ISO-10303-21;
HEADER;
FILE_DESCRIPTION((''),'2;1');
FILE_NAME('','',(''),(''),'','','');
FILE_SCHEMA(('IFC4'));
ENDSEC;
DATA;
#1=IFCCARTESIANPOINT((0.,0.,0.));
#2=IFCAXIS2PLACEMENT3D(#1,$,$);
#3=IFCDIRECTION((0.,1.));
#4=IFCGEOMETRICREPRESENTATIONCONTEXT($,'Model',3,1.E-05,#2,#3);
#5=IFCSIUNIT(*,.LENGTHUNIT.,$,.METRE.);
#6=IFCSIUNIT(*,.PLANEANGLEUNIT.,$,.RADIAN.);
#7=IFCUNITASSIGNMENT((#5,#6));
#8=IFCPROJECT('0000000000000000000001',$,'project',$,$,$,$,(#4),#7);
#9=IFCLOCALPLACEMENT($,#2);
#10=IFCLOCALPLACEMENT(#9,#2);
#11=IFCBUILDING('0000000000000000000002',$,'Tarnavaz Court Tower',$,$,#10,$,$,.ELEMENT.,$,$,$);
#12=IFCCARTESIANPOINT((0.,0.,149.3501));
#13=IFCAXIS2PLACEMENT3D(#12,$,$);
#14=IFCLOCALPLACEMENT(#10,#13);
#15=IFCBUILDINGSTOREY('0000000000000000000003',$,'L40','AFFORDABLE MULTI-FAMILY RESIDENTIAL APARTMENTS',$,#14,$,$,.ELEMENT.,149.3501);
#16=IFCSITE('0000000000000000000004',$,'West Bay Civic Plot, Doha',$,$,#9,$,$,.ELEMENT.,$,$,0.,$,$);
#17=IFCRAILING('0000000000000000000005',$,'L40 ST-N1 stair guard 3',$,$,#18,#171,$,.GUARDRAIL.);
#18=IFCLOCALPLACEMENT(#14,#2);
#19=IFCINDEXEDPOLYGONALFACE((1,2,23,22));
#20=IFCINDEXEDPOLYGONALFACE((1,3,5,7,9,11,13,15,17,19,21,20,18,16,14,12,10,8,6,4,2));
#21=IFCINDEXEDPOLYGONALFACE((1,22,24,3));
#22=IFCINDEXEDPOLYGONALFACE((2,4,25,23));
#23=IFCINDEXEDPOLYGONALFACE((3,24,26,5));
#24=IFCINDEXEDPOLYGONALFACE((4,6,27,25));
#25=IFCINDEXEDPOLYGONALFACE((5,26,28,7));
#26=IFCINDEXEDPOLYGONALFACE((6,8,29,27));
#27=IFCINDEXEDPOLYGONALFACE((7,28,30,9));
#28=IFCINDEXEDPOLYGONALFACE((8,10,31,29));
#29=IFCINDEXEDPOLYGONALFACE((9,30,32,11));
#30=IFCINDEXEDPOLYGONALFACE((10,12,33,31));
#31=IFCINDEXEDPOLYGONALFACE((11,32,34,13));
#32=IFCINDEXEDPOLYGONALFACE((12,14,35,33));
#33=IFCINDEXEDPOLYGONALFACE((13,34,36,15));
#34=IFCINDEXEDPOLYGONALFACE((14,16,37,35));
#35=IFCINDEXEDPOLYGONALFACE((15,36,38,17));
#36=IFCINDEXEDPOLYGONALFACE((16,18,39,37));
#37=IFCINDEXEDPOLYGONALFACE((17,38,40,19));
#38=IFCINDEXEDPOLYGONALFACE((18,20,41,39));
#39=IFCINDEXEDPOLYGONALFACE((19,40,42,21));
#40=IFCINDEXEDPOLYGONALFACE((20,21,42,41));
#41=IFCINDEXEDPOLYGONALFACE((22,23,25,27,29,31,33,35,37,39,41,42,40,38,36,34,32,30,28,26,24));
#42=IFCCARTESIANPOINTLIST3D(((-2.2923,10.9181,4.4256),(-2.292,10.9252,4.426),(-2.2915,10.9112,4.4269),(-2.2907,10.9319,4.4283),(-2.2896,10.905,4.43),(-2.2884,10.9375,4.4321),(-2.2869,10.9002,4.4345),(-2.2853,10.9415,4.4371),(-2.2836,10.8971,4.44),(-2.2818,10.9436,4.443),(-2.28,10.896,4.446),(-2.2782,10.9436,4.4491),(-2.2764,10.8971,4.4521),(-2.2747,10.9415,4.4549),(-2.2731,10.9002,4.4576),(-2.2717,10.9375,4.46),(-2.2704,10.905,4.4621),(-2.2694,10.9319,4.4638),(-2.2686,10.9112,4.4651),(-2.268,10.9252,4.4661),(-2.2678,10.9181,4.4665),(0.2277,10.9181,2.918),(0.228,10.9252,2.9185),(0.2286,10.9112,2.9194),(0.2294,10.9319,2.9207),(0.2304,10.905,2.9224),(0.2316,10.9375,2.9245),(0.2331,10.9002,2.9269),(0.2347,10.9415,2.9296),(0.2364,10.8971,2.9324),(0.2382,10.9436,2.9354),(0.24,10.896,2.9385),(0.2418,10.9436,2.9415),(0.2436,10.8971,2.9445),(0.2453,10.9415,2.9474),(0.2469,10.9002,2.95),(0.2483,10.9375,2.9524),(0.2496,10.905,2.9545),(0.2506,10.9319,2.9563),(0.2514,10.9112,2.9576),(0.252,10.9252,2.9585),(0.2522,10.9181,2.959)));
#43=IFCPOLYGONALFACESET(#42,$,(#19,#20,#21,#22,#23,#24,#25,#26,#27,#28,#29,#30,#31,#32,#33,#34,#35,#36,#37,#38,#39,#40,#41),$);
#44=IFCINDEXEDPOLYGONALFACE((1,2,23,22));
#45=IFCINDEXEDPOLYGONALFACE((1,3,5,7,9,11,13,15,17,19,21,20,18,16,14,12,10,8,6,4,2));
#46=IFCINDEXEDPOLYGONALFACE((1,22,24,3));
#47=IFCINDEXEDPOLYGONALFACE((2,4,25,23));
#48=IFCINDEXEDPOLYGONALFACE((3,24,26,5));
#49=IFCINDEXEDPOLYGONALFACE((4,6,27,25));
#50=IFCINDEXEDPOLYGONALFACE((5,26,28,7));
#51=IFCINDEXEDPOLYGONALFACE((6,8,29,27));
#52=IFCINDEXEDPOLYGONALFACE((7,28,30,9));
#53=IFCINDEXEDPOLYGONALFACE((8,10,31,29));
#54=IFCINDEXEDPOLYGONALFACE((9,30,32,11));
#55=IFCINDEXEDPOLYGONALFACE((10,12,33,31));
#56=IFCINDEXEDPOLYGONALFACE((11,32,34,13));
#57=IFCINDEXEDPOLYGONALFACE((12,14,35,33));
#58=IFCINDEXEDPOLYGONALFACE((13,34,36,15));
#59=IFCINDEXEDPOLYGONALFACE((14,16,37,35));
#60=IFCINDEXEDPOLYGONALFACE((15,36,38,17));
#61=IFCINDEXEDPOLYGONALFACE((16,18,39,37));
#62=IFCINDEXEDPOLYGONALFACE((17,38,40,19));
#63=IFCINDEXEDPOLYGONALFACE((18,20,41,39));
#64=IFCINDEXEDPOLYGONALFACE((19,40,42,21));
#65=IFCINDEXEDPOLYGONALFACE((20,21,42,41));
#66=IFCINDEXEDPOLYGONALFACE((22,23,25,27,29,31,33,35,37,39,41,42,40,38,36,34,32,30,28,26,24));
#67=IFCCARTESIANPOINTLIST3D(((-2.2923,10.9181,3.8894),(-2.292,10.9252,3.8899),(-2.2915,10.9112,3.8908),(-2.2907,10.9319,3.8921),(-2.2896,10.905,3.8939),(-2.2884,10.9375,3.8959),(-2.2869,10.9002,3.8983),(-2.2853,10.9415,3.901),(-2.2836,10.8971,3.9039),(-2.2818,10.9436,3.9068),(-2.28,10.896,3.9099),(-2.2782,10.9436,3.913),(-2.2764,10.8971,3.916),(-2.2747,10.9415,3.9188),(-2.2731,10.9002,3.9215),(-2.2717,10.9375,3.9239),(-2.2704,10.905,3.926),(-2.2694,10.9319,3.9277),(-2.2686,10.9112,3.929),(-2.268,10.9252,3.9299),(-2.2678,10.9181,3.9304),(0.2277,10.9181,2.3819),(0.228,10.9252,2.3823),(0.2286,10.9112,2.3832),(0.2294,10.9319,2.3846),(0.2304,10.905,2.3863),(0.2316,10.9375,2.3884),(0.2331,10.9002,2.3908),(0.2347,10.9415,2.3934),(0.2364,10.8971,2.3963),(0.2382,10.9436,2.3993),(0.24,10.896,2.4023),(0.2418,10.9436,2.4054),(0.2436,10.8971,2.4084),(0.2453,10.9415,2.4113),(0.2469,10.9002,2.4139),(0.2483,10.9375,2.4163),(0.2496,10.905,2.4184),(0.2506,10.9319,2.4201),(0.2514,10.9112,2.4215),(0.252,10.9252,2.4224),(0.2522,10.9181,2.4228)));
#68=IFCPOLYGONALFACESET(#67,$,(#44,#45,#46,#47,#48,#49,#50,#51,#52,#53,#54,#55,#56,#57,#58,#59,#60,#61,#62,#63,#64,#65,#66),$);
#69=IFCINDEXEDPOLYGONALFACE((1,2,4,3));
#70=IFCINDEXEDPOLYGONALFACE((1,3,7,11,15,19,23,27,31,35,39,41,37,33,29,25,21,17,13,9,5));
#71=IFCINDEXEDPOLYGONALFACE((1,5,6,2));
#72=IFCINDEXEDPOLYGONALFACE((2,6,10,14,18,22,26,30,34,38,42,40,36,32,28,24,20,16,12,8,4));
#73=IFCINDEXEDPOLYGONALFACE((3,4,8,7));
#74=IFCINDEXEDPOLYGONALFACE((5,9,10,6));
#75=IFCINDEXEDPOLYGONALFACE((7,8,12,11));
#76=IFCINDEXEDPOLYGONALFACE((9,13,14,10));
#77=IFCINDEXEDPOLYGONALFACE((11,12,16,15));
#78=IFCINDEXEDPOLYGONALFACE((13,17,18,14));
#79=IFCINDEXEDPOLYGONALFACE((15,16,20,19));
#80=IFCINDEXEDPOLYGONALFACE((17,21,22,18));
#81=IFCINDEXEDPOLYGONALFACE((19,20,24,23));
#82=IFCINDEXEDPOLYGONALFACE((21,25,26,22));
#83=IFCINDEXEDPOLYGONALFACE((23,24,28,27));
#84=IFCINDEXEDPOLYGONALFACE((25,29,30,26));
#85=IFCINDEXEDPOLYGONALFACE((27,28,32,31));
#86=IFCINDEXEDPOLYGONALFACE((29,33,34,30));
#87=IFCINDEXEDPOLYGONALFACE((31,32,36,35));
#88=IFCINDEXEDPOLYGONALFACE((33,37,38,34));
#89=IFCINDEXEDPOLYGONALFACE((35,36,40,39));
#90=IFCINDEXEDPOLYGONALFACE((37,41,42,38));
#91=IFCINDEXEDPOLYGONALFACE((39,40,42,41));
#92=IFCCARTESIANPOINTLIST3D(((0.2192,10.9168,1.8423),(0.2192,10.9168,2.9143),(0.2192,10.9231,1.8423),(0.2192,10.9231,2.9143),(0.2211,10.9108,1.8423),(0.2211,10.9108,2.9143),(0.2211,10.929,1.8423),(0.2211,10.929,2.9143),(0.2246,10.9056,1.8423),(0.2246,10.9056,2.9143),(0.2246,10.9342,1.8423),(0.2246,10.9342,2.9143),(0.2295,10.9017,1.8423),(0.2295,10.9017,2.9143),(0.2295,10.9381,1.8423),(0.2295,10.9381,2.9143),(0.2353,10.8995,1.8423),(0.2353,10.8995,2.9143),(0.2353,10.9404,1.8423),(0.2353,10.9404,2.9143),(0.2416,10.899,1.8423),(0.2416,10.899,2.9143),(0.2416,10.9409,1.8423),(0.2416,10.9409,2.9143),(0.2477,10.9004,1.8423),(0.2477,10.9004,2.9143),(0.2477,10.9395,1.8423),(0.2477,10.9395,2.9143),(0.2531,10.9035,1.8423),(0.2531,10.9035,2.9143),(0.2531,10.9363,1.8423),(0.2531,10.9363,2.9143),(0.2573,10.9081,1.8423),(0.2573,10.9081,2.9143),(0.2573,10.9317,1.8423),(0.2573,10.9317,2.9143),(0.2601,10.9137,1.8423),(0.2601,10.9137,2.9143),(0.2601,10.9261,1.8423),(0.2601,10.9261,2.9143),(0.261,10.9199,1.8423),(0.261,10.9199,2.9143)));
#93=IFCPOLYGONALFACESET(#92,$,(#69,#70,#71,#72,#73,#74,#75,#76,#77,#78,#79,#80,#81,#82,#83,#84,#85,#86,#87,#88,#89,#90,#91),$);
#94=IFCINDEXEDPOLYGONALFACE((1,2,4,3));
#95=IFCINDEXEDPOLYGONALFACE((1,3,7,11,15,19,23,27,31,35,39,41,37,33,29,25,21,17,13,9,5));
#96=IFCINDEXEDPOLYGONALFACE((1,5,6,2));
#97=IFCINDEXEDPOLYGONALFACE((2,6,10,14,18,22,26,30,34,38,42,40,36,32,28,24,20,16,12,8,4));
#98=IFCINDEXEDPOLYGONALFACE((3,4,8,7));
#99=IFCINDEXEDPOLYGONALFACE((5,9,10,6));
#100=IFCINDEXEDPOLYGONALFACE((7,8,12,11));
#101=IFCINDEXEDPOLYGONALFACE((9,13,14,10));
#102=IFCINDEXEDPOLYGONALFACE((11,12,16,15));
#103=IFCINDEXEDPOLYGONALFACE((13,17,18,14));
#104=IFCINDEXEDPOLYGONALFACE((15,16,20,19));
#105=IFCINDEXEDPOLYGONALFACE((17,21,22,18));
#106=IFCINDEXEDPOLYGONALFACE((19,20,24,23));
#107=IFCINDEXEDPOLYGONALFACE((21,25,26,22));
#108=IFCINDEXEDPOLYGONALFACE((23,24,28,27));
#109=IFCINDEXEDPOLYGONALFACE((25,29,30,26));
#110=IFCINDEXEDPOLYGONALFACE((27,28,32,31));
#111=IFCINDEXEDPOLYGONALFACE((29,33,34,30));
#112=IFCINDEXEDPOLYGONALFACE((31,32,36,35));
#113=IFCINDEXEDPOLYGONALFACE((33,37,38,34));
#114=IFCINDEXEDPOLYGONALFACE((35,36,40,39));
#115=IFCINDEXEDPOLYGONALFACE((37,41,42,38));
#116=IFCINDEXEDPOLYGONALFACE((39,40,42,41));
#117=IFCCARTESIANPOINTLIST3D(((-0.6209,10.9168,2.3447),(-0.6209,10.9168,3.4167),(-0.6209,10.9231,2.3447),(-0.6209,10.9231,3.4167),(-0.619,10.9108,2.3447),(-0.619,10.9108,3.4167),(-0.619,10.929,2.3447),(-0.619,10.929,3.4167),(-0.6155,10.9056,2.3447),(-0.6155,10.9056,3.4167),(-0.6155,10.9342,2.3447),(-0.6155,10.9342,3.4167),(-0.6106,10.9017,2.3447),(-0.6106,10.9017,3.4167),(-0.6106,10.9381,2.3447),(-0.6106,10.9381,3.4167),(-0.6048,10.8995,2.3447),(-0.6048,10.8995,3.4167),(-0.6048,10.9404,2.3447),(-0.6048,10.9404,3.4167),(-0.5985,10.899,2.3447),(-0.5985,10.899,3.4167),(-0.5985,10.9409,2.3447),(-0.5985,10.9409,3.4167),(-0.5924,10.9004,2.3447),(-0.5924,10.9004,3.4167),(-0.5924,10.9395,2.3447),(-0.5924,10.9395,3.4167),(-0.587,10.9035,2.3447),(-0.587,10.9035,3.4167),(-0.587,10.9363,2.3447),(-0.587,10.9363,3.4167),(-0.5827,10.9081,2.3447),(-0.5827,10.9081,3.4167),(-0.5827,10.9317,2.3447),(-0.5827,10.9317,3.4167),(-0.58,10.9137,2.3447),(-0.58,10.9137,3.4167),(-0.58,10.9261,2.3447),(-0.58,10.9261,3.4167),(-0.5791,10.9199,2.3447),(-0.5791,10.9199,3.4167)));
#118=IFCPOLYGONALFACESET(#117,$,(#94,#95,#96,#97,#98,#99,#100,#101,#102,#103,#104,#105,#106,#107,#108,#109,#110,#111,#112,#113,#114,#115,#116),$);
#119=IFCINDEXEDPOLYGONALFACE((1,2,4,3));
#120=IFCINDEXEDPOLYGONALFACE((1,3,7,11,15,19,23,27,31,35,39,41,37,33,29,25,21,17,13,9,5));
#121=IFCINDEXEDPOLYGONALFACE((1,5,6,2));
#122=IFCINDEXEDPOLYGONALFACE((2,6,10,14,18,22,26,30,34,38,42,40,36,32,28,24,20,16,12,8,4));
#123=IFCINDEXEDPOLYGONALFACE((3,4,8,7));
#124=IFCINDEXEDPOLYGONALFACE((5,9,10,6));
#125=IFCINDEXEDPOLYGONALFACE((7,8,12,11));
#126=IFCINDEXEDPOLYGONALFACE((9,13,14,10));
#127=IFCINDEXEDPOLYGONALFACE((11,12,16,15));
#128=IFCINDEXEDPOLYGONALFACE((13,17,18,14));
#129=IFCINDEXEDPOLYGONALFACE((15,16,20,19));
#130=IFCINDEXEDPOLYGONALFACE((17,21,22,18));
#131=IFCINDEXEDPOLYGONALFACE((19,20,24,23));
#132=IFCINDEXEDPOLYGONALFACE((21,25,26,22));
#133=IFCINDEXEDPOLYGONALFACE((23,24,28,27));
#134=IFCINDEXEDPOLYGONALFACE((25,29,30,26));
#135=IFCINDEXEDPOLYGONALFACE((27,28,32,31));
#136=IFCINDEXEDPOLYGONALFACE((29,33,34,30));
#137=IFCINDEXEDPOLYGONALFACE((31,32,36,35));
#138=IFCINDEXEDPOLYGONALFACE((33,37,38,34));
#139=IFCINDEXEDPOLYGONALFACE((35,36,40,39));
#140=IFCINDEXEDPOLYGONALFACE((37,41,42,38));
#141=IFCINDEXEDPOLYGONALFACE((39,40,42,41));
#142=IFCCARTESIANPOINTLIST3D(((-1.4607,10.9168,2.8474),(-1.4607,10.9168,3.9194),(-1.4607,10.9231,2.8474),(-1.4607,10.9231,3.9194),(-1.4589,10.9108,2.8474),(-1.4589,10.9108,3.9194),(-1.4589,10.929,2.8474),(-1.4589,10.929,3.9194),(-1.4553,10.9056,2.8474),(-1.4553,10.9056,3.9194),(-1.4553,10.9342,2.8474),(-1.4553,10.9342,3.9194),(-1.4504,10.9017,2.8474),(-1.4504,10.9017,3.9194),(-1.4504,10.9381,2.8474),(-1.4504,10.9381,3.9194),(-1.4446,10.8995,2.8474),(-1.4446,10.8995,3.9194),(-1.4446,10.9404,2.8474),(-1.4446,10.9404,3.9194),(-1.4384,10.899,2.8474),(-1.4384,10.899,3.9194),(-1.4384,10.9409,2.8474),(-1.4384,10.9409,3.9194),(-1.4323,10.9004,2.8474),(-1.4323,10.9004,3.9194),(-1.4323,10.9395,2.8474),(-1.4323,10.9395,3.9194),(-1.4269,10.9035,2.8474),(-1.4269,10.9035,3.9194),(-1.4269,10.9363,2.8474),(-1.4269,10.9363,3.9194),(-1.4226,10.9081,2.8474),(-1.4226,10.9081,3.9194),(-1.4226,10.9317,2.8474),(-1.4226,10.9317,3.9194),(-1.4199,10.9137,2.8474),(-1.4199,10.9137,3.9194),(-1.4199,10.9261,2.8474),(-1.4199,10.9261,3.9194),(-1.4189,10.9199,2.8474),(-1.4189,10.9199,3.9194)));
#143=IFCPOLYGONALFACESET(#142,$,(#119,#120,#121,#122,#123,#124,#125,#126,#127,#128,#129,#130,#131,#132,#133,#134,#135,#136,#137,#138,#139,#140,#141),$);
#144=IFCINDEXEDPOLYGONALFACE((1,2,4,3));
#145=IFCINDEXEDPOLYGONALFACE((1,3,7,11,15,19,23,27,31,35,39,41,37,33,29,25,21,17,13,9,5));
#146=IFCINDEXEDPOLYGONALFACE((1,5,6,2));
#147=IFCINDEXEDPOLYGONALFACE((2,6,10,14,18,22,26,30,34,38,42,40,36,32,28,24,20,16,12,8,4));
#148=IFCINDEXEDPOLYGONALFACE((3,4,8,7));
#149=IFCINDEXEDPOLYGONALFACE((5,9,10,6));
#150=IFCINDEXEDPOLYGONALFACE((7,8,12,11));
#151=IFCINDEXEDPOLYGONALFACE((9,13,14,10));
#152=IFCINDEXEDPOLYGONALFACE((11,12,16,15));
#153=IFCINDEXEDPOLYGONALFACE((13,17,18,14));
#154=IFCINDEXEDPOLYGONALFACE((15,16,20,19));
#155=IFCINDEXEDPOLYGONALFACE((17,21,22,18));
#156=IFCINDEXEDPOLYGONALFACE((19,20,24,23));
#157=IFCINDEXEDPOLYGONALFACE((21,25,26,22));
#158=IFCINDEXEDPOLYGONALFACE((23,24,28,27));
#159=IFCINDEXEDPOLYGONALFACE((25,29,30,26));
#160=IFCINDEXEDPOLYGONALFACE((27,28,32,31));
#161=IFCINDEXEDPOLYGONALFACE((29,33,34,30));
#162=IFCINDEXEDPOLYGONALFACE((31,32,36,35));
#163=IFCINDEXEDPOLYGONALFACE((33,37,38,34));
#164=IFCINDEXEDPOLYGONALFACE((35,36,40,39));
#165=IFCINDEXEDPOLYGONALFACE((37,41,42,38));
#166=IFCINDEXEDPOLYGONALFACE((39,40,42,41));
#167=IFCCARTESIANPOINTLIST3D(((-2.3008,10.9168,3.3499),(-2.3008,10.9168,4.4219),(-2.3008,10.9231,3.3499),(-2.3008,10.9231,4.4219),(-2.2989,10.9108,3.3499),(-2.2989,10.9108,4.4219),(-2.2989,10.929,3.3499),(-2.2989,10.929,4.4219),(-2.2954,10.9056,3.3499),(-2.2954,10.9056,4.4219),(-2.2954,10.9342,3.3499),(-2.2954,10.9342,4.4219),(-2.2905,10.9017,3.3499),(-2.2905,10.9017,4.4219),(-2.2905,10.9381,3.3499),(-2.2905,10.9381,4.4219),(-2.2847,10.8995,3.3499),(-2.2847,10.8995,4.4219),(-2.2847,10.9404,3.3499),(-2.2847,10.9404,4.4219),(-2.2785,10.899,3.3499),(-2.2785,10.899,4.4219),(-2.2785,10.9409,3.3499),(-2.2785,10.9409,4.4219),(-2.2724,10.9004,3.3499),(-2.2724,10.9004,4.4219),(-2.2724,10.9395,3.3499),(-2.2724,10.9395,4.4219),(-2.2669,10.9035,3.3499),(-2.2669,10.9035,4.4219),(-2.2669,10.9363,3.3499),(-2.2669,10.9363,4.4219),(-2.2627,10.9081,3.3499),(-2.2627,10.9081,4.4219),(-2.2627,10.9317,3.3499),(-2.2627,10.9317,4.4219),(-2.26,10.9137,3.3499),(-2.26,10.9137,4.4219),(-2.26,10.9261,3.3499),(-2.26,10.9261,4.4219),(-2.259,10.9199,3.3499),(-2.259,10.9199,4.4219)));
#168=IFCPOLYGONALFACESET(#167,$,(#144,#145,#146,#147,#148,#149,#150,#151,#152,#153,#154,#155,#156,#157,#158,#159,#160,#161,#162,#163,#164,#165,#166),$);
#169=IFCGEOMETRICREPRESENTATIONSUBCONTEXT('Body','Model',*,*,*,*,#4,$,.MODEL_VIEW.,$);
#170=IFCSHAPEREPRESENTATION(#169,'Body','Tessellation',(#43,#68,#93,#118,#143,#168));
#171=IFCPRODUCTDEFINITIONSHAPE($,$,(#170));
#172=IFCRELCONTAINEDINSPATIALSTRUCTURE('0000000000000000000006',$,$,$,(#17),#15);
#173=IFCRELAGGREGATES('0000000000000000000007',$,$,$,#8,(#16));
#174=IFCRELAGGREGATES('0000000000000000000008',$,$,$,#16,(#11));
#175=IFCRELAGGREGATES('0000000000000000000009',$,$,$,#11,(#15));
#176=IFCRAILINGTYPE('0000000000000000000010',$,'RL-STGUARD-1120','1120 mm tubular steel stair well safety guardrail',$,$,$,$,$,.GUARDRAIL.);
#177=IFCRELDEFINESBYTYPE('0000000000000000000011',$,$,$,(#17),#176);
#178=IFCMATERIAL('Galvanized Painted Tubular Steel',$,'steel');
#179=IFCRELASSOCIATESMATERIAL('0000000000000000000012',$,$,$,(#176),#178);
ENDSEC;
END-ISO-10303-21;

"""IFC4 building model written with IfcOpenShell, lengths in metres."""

from ifc_helpers import new_model, si_unit, direction, frame, origin, origin_2d, place, context, subcontext, project, spatial, circle, extrude, material, type_object, element, save


model = new_model("IFC4")

# Units and contexts
model_context = context("Model", 3, precision=1e-05, world=origin(), true_north=direction((0.0, 1.0)))
body_context = subcontext(model_context, "Body", "Model", "MODEL_VIEW")
ifc_project = project(units=[si_unit("LENGTHUNIT", "METRE"), si_unit("PLANEANGLEUNIT", "RADIAN")], contexts=[model_context])

# Site, building, storey
site_placement = place(None, origin())
site = spatial("IfcSite", under=ifc_project, at=site_placement, Name="West Bay Civic Plot, Doha", CompositionType="ELEMENT", RefElevation=0.0)
building_placement = place(site_placement, origin())
building = spatial("IfcBuilding", under=site, at=building_placement, Name="Tarnavaz Court Tower", CompositionType="ELEMENT")
storey_placement = place(building_placement, frame((0.0, 0.0, 149.3501)))
storey = spatial("IfcBuildingStorey", under=building, at=storey_placement, Name="L40", Description="AFFORDABLE MULTI-FAMILY RESIDENTIAL APARTMENTS", CompositionType="ELEMENT", Elevation=149.3501)

# Railing
ifc_material_1 = material(Name="Galvanized Painted Tubular Steel", Category="steel")
railing_type_1 = type_object("IfcRailingType", Name="RL-STGUARD-1120", Description="1120 mm tubular steel stair well safety guardrail", PredefinedType="GUARDRAIL", material=ifc_material_1)
railing_1_placement = place(storey_placement, frame((0.24, 10.9199, 1.8423)))
element("IfcRailing", 1, at=railing_1_placement, inside=storey, type_object=railing_type_1, Name="L40 ST-N1 stair guard 3", PredefinedType="GUARDRAIL", context=body_context, shape_type="SweptSolid", body=[
    extrude(circle(Radius=0.0239, at=origin_2d()), frame((0.0, 0.0, 1.0962), z_axis=(-0.85816, 0.0, 0.513383), x_axis=(0.0, -1.0, 0.0)), (0.0, 0.0, 1.0), 2.9365),
    extrude(circle(Radius=0.0239, at=origin_2d()), frame((0.0, 0.0, 0.5601), z_axis=(-0.85816, 0.0, 0.513383), x_axis=(0.0, -1.0, 0.0)), (0.0, 0.0, 1.0), 2.9365),
    extrude(circle(Radius=0.021, at=origin_2d()), origin(), (0.0, 0.0, 1.0), 1.072),
    extrude(circle(Radius=0.021, at=origin_2d()), frame((-0.8401, 0.0, 0.5024)), (0.0, 0.0, 1.0), 1.072),
    extrude(circle(Radius=0.021, at=origin_2d()), frame((-1.6799, 0.0, 1.0051)), (0.0, 0.0, 1.0), 1.072),
    extrude(circle(Radius=0.021, at=origin_2d()), frame((-2.52, 0.0, 1.5076)), (0.0, 0.0, 1.0), 1.072),
])

save(model, "model.ifc")
